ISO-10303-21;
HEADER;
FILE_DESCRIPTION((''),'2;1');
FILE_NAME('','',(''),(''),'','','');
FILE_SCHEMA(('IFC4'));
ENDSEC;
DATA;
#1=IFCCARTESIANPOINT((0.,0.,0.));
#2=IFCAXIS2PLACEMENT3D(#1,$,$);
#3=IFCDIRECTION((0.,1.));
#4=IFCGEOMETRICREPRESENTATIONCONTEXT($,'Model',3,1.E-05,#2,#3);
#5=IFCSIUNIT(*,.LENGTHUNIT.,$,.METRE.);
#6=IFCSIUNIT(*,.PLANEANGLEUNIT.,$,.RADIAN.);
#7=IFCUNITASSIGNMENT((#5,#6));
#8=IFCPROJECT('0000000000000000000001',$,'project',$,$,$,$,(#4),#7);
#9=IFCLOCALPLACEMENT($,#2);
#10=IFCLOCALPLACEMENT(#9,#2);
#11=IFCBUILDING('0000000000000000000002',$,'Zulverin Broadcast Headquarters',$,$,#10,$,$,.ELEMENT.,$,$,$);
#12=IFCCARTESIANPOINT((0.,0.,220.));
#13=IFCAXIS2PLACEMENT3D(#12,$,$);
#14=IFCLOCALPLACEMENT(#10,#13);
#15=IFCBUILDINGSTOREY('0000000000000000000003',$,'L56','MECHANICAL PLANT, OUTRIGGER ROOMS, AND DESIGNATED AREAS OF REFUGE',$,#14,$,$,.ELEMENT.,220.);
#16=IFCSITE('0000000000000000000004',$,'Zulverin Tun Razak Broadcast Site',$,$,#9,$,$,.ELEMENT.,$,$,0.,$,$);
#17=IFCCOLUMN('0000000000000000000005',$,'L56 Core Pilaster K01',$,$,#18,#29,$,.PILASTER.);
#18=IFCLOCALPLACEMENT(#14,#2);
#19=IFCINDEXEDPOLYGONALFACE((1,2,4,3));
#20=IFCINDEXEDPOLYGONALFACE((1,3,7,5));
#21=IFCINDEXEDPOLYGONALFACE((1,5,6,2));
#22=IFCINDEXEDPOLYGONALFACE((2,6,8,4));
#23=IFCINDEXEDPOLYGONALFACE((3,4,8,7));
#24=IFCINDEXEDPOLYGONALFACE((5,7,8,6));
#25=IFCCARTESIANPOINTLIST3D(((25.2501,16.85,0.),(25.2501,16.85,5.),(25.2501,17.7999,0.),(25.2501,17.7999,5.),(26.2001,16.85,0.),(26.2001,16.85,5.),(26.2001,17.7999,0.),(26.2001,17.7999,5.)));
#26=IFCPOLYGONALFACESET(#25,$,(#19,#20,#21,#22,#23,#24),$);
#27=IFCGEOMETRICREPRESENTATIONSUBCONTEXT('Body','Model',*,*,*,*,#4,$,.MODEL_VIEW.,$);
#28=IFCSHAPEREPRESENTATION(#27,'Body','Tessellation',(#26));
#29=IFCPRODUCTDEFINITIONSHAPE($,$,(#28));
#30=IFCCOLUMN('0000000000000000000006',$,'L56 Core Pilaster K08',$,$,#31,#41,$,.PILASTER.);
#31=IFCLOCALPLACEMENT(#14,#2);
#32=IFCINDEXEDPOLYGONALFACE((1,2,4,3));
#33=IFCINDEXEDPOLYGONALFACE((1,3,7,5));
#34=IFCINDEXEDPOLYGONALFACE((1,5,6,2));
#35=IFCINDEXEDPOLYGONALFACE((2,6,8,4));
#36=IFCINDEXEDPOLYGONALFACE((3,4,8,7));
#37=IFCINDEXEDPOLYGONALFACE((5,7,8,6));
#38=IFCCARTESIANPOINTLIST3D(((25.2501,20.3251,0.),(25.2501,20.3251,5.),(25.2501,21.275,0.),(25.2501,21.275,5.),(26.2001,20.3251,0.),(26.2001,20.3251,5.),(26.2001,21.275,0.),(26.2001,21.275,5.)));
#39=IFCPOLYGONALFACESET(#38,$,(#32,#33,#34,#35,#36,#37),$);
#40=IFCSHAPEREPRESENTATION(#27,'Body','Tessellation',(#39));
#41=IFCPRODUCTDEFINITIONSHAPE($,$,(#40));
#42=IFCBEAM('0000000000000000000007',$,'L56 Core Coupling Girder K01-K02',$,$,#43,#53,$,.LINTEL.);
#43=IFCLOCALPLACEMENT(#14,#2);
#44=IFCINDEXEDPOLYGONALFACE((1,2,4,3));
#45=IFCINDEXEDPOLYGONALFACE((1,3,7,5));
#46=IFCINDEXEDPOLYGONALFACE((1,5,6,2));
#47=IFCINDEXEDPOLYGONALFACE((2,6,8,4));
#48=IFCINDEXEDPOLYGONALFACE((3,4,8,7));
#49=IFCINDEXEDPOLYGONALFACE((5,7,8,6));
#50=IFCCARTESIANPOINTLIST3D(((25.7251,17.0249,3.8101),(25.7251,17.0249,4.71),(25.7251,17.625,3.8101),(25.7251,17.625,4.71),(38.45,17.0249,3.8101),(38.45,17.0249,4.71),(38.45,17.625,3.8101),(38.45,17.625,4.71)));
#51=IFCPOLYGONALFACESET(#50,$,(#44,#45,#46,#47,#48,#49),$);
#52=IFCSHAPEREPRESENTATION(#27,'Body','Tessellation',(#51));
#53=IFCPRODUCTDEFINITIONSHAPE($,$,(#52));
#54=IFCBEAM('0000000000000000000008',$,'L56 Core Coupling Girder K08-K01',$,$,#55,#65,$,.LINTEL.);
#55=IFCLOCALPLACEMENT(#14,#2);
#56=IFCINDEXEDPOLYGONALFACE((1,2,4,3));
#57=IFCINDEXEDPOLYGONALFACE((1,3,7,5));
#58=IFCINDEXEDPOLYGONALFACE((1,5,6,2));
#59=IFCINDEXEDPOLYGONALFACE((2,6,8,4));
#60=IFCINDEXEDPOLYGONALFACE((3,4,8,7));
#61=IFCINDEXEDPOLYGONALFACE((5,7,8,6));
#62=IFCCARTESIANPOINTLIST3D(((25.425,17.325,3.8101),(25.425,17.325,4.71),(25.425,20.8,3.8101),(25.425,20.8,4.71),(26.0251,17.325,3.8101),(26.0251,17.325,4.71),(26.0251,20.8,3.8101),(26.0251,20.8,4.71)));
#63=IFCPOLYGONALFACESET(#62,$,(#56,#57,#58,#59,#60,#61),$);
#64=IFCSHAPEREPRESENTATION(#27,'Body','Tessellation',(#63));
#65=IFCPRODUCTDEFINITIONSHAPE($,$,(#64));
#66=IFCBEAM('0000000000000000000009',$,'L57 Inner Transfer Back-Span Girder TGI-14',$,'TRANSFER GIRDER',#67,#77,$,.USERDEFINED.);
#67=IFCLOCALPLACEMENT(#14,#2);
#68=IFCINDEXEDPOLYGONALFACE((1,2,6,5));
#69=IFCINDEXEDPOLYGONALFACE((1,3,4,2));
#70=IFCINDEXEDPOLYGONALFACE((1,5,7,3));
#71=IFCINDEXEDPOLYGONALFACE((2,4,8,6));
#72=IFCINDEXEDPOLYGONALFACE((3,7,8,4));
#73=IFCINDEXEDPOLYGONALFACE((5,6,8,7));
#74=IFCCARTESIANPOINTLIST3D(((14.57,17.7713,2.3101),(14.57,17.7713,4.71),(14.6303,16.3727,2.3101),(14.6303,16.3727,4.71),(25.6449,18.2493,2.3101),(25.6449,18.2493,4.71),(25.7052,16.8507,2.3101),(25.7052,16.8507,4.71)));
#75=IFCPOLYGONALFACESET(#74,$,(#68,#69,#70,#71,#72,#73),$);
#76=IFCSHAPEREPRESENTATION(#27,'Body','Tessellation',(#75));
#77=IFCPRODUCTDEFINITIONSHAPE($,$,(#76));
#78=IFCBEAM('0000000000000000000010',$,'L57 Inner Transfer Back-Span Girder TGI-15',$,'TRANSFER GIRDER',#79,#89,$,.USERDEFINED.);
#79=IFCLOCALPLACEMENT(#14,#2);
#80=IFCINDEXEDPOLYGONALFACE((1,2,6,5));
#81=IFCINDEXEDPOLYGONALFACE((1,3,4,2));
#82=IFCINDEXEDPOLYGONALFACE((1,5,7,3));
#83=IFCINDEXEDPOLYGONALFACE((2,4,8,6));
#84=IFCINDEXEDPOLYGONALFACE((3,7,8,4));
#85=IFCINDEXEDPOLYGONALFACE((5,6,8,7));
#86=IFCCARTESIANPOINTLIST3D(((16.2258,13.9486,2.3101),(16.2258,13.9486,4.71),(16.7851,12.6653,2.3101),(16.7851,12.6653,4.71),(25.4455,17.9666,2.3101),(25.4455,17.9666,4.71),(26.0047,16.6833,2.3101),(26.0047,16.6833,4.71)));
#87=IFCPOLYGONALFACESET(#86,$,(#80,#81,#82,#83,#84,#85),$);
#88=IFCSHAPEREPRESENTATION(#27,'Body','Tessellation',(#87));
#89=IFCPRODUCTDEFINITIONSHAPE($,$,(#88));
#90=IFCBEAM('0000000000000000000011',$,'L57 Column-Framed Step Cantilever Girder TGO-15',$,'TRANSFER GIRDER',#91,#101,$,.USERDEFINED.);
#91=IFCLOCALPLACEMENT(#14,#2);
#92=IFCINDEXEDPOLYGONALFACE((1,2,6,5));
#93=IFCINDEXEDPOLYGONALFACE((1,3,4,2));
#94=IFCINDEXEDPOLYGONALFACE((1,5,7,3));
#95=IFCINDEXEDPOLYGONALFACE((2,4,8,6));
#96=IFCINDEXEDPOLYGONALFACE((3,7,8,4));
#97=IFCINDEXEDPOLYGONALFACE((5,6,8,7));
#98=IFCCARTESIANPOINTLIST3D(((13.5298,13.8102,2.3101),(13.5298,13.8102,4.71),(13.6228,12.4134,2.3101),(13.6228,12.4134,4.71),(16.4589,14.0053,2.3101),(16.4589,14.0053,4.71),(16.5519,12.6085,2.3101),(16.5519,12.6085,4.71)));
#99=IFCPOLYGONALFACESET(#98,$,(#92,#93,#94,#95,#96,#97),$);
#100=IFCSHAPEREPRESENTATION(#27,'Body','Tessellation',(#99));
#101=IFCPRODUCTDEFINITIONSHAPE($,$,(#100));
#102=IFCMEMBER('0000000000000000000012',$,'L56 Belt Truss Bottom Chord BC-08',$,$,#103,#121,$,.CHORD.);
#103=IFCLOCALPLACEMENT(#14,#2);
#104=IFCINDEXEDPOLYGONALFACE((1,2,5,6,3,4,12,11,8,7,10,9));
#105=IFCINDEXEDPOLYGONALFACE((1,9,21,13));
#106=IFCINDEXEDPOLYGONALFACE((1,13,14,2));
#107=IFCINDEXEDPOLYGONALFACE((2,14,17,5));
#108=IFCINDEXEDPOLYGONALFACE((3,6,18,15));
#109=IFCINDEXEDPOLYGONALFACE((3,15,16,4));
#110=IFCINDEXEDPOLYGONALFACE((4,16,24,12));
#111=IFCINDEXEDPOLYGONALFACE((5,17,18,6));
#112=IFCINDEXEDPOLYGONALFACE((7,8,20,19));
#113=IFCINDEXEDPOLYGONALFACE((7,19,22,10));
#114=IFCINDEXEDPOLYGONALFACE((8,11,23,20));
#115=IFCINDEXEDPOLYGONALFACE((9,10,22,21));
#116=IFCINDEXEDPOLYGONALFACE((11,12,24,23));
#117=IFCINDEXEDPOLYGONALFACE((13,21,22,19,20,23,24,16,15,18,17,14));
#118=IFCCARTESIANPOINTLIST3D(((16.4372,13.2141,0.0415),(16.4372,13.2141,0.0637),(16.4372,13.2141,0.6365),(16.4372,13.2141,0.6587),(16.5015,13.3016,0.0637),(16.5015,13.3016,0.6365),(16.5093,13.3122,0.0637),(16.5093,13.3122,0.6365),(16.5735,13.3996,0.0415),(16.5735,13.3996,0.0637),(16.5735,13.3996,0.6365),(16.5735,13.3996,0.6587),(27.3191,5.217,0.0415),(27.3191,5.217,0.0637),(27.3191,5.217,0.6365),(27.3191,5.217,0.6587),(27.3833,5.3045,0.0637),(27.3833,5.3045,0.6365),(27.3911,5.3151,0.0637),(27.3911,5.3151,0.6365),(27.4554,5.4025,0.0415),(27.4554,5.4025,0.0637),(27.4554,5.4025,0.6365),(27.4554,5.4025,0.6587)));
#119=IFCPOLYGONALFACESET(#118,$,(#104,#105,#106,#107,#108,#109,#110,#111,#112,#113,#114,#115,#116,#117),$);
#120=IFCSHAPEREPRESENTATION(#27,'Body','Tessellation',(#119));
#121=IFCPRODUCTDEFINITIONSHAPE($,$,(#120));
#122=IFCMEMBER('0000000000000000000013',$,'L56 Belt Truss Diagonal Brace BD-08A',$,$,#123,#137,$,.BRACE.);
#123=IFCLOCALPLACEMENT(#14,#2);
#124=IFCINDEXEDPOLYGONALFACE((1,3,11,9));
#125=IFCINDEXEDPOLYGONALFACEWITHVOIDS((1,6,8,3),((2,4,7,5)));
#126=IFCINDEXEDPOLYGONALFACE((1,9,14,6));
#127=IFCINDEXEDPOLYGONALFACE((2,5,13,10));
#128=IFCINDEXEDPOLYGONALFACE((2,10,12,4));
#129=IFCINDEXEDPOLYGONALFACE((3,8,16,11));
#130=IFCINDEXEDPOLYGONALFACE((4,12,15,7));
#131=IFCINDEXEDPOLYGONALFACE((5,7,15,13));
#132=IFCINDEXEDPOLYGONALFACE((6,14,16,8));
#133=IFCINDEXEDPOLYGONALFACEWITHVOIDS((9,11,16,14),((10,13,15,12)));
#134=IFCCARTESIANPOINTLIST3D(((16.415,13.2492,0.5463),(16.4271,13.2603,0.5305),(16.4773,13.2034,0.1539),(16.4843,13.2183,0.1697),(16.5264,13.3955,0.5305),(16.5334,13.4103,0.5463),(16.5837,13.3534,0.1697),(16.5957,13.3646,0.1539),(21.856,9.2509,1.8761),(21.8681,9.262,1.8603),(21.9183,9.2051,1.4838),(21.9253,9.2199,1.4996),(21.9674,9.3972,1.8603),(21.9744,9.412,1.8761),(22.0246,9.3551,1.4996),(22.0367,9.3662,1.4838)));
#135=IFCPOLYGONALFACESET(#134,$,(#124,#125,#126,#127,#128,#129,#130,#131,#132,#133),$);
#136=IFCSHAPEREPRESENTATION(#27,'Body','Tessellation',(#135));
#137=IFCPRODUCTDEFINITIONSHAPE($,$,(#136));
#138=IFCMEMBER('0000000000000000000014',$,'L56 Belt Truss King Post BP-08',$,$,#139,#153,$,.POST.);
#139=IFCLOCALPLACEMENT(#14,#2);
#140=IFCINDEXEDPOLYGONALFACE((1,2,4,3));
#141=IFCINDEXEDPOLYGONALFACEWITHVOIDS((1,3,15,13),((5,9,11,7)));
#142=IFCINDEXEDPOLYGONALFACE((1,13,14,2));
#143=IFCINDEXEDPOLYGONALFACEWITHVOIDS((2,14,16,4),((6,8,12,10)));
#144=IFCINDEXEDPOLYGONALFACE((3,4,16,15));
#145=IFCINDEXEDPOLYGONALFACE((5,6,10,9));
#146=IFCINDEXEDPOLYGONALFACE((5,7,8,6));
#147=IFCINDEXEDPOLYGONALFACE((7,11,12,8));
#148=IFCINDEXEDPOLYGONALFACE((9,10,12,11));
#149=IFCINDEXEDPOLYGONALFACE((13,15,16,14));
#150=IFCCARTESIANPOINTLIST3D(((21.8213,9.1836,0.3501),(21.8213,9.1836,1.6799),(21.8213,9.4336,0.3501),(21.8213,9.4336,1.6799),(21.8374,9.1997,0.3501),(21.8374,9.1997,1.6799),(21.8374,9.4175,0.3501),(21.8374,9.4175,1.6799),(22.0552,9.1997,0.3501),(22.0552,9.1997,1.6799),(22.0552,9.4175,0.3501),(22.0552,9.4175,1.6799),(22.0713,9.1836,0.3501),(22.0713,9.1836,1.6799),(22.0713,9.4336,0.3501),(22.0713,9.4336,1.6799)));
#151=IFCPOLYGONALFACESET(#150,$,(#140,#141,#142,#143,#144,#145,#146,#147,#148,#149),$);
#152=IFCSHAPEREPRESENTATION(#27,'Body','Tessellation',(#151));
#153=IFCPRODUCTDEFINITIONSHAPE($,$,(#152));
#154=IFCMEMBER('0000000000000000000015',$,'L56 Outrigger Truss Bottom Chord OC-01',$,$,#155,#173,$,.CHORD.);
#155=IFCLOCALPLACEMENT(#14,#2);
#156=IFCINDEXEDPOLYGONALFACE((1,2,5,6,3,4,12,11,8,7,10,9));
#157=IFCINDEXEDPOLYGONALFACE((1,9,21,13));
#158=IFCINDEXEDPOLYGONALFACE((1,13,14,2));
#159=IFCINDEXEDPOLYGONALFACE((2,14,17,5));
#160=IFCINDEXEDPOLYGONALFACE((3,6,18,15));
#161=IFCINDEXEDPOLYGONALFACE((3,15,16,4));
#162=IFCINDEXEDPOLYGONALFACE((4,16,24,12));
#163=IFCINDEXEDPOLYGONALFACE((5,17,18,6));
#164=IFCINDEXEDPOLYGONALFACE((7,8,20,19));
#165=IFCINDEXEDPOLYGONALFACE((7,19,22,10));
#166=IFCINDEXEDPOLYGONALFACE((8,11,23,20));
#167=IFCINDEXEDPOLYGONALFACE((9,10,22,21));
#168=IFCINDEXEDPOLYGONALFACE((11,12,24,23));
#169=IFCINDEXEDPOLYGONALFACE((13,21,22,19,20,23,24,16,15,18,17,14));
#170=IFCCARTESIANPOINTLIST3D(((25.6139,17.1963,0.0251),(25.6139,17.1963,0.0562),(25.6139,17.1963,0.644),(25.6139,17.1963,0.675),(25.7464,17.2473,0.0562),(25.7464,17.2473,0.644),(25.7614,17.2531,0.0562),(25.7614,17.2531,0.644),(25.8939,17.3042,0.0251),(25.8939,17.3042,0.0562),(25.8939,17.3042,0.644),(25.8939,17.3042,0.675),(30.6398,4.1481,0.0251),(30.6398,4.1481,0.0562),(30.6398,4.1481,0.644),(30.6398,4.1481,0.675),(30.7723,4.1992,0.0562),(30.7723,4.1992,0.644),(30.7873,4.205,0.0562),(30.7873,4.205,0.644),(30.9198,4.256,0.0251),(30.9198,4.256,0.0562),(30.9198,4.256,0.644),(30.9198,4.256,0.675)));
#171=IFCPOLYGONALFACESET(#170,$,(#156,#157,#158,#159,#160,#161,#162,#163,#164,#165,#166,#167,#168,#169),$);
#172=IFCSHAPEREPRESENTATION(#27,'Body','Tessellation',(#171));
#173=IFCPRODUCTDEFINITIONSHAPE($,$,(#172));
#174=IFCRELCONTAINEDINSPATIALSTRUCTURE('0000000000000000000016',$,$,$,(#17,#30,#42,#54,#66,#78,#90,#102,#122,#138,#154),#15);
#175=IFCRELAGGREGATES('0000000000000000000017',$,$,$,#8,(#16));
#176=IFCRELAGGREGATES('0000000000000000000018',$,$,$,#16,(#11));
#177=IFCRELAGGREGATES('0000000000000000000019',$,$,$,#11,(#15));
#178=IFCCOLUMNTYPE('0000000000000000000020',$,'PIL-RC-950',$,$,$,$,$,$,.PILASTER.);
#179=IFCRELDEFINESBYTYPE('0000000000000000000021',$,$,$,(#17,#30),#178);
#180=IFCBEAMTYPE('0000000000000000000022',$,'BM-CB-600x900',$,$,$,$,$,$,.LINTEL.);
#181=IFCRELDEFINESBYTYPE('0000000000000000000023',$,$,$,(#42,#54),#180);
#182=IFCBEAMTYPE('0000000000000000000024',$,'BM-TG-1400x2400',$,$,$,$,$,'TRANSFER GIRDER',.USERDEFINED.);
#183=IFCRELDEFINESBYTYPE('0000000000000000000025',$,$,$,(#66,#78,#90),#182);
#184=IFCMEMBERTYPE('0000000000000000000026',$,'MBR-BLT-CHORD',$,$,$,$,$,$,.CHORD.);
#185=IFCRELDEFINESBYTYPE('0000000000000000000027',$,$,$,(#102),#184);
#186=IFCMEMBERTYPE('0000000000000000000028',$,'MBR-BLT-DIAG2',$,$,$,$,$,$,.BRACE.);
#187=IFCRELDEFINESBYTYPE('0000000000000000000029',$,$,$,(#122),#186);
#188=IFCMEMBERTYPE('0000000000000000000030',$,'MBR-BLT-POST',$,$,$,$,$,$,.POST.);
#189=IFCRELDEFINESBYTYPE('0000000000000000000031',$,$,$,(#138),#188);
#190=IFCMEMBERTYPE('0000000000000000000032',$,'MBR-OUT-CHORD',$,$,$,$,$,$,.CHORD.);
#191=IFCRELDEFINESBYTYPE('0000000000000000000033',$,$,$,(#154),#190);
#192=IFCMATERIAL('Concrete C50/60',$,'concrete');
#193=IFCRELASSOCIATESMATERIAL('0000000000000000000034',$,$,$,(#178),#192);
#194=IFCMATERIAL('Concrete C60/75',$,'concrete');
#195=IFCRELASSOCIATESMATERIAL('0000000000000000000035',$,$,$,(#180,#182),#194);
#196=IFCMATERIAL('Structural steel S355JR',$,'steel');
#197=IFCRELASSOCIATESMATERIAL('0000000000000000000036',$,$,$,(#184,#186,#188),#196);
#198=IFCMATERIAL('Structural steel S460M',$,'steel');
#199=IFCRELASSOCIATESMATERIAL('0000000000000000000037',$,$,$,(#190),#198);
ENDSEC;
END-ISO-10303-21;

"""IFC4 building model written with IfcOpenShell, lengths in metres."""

from ifc_helpers import new_model, si_unit, direction, frame, origin, origin_2d, place, context, subcontext, project, spatial, rectangle, hollow_rectangle, i_section, extrude, material, material_profile, profile_set, type_object, element, save


model = new_model("IFC4")

# Units and contexts
model_context = context("Model", 3, precision=1e-05, world=origin(), true_north=direction((0.0, 1.0)))
body_context = subcontext(model_context, "Body", "Model", "MODEL_VIEW")
ifc_project = project(units=[si_unit("LENGTHUNIT", "METRE"), si_unit("PLANEANGLEUNIT", "RADIAN")], contexts=[model_context])

# Site, building, storey
site_placement = place(None, origin())
site = spatial("IfcSite", under=ifc_project, at=site_placement, Name="Zulverin Tun Razak Broadcast Site", CompositionType="ELEMENT", RefElevation=0.0)
building_placement = place(site_placement, origin())
building = spatial("IfcBuilding", under=site, at=building_placement, Name="Zulverin Broadcast Headquarters", CompositionType="ELEMENT")
storey_placement = place(building_placement, frame((0.0, 0.0, 220.0)))
storey = spatial("IfcBuildingStorey", under=building, at=storey_placement, Name="L56", Description="MECHANICAL PLANT, OUTRIGGER ROOMS, AND DESIGNATED AREAS OF REFUGE", CompositionType="ELEMENT", Elevation=220.0)

# Columns
ifc_material_1 = material(Name="Concrete C50/60", Category="concrete")
ifc_material_profile_1 = material_profile(ifc_material_1, rectangle(XDim=0.95, YDim=0.95, at=origin_2d()), Name="Concrete C50/60", Category="concrete")
ifc_profile_set_1 = profile_set([ifc_material_profile_1], Name="Concrete C50/60")
column_type = type_object("IfcColumnType", Name="PIL-RC-950", PredefinedType="PILASTER", material=ifc_profile_set_1)
for number, where, z_axis, x_axis, name in (
    (1, (25.7251, 17.325, 0.0), (0.0, 0.0, 1.0), (1.0, 0.0, 0.0), "L56 Core Pilaster K01"),
    (2, (25.7251, 20.8, 0.0), (0.0, 0.0, 1.0), (1.0, 0.0, 0.0), "L56 Core Pilaster K08"),
):
    element("IfcColumn", number, at=place(storey_placement, frame(where, z_axis=z_axis, x_axis=x_axis)), inside=storey, type_object=column_type, Name=name, PredefinedType="PILASTER", context=body_context, shape_type="SweptSolid", body=[
        extrude(rectangle(XDim=0.95, YDim=0.95, at=origin_2d()), origin(), (0.0, 0.0, 1.0), 5.0),
    ])

# Beams
ifc_material_2 = material(Name="Concrete C60/75", Category="concrete")
ifc_material_profile_2 = material_profile(ifc_material_2, rectangle(XDim=0.6001, YDim=0.8999, at=origin_2d()), Name="Concrete C60/75", Category="concrete")
ifc_profile_set_2 = profile_set([ifc_material_profile_2], Name="Concrete C60/75")
beam_type_1 = type_object("IfcBeamType", Name="BM-CB-600x900", PredefinedType="LINTEL", material=ifc_profile_set_2)
beam_1_placement = place(storey_placement, frame((25.7251, 17.325, 4.26), z_axis=(1.0, 0.0, 0.0), x_axis=(0.0, 1.0, 0.0)))
element("IfcBeam", 3, at=beam_1_placement, inside=storey, type_object=beam_type_1, Name="L56 Core Coupling Girder K01-K02", PredefinedType="LINTEL", context=body_context, shape_type="SweptSolid", body=[
    extrude(rectangle(XDim=0.6001, YDim=0.8999, at=origin_2d()), origin(), (0.0, 0.0, 1.0), 12.7249),
])
beam_2_placement = place(storey_placement, frame((25.7251, 20.8, 4.26), z_axis=(0.0, -1.0, 0.0), x_axis=(1.0, 0.0, 0.0)))
element("IfcBeam", 4, at=beam_2_placement, inside=storey, type_object=beam_type_1, Name="L56 Core Coupling Girder K08-K01", PredefinedType="LINTEL", context=body_context, shape_type="SweptSolid", body=[
    extrude(rectangle(XDim=0.6001, YDim=0.8999, at=origin_2d()), origin(), (0.0, 0.0, 1.0), 3.4751),
])
ifc_material_profile_3 = material_profile(ifc_material_2, rectangle(XDim=1.3999, YDim=2.3999, at=origin_2d()), Name="Concrete C60/75", Category="concrete")
ifc_profile_set_3 = profile_set([ifc_material_profile_3], Name="Concrete C60/75")
beam_type_2 = type_object("IfcBeamType", Name="BM-TG-1400x2400", ElementType="TRANSFER GIRDER", PredefinedType="USERDEFINED", material=ifc_profile_set_3)
beam_3_placement = place(storey_placement, frame((25.675, 17.55, 3.51), z_axis=(-0.99907, -0.043123, 0.0), x_axis=(0.043123, -0.99907, 0.0)))
element("IfcBeam", 5, at=beam_3_placement, inside=storey, type_object=beam_type_2, Name="L57 Inner Transfer Back-Span Girder TGI-14", ObjectType="TRANSFER GIRDER", PredefinedType="USERDEFINED", context=body_context, shape_type="SweptSolid", body=[
    extrude(rectangle(XDim=1.3999, YDim=2.3999, at=origin_2d()), origin(), (0.0, 0.0, 1.0), 11.0852),
])
beam_4_placement = place(storey_placement, frame((25.7251, 17.325, 3.51), z_axis=(-0.916725, -0.39952, 0.0), x_axis=(0.39952, -0.916725, 0.0)))
element("IfcBeam", 6, at=beam_4_placement, inside=storey, type_object=beam_type_2, Name="L57 Inner Transfer Back-Span Girder TGI-15", ObjectType="TRANSFER GIRDER", PredefinedType="USERDEFINED", context=body_context, shape_type="SweptSolid", body=[
    extrude(rectangle(XDim=1.3999, YDim=2.3999, at=origin_2d()), origin(), (0.0, 0.0, 1.0), 10.0571),
])
beam_5_placement = place(storey_placement, frame((16.5054, 13.3069, 3.51), z_axis=(-0.99779, -0.066453, 0.0), x_axis=(0.066453, -0.99779, 0.0)))
element("IfcBeam", 7, at=beam_5_placement, inside=storey, type_object=beam_type_2, Name="L57 Column-Framed Step Cantilever Girder TGO-15", ObjectType="TRANSFER GIRDER", PredefinedType="USERDEFINED", context=body_context, shape_type="SweptSolid", body=[
    extrude(rectangle(XDim=1.3999, YDim=2.3999, at=origin_2d()), origin(), (0.0, 0.0, 1.0), 2.9355),
])

# Members
ifc_material_3 = material(Name="Structural steel S355JR", Category="steel")
ifc_material_profile_4 = material_profile(ifc_material_3, i_section(OverallWidth=0.2302, OverallDepth=0.6172, WebThickness=0.0132, FlangeThickness=0.0222, at=origin_2d()), Name="Structural steel S355JR", Category="steel")
ifc_profile_set_4 = profile_set([ifc_material_profile_4], Name="Structural steel S355JR")
member_type_1 = type_object("IfcMemberType", Name="MBR-BLT-CHORD", PredefinedType="CHORD", material=ifc_profile_set_4)
member_1_placement = place(storey_placement, frame((16.5054, 13.3069, 0.3501), z_axis=(0.805802, -0.592185, 0.0), x_axis=(0.592185, 0.805802, 0.0)))
element("IfcMember", 8, at=member_1_placement, inside=storey, type_object=member_type_1, Name="L56 Belt Truss Bottom Chord BC-08", PredefinedType="CHORD", context=body_context, shape_type="SweptSolid", body=[
    extrude(i_section(OverallWidth=0.2302, OverallDepth=0.6172, WebThickness=0.0132, FlangeThickness=0.0222, at=origin_2d()), origin(), (0.0, 0.0, 1.0), 13.5044),
])
ifc_material_profile_5 = material_profile(ifc_material_3, hollow_rectangle(XDim=0.2, YDim=0.3999, WallThickness=0.0161, at=origin_2d()), Name="Structural steel S355JR", Category="steel")
ifc_profile_set_5 = profile_set([ifc_material_profile_5], Name="Structural steel S355JR")
member_type_2 = type_object("IfcMemberType", Name="MBR-BLT-DIAG2", PredefinedType="BRACE", material=ifc_profile_set_5)
member_2_placement = place(storey_placement, frame((16.5054, 13.3069, 0.3501), z_axis=(0.790631, -0.581, 0.193241), x_axis=(0.592161, 0.805819, 0.0)))
element("IfcMember", 9, at=member_2_placement, inside=storey, type_object=member_type_2, Name="L56 Belt Truss Diagonal Brace BD-08A", PredefinedType="BRACE", context=body_context, shape_type="SweptSolid", body=[
    extrude(hollow_rectangle(XDim=0.2, YDim=0.3999, WallThickness=0.0161, at=origin_2d()), origin(), (0.0, 0.0, 1.0), 6.8818),
])
ifc_material_profile_6 = material_profile(ifc_material_3, hollow_rectangle(XDim=0.25, YDim=0.25, WallThickness=0.0161, at=origin_2d()), Name="Structural steel S355JR", Category="steel")
ifc_profile_set_6 = profile_set([ifc_material_profile_6], Name="Structural steel S355JR")
member_type_3 = type_object("IfcMemberType", Name="MBR-BLT-POST", PredefinedType="POST", material=ifc_profile_set_6)
member_3_placement = place(storey_placement, frame((21.9463, 9.3086, 0.3501), z_axis=(0.0, 0.0, 1.0), x_axis=(1.0, 0.0, 0.0)))
element("IfcMember", 10, at=member_3_placement, inside=storey, type_object=member_type_3, Name="L56 Belt Truss King Post BP-08", PredefinedType="POST", context=body_context, shape_type="SweptSolid", body=[
    extrude(hollow_rectangle(XDim=0.25, YDim=0.25, WallThickness=0.0161, at=origin_2d()), origin(), (0.0, 0.0, 1.0), 1.3298),
])
ifc_material_4 = material(Name="Structural steel S460M", Category="steel")
ifc_material_profile_7 = material_profile(ifc_material_4, i_section(OverallWidth=0.3, OverallDepth=0.6499, WebThickness=0.0161, FlangeThickness=0.031, at=origin_2d()), Name="Structural steel S460M", Category="steel")
ifc_profile_set_7 = profile_set([ifc_material_profile_7], Name="Structural steel S460M")
member_type_4 = type_object("IfcMemberType", Name="MBR-OUT-CHORD", PredefinedType="CHORD", material=ifc_profile_set_7)
member_4_placement = place(storey_placement, frame((25.7539, 17.2502, 0.3501), z_axis=(0.359439, -0.933169, 0.0), x_axis=(0.933169, 0.359439, 0.0)))
element("IfcMember", 11, at=member_4_placement, inside=storey, type_object=member_type_4, Name="L56 Outrigger Truss Bottom Chord OC-01", PredefinedType="CHORD", context=body_context, shape_type="SweptSolid", body=[
    extrude(i_section(OverallWidth=0.3, OverallDepth=0.6499, WebThickness=0.0161, FlangeThickness=0.031, at=origin_2d()), origin(), (0.0, 0.0, 1.0), 13.9827),
])

save(model, "model.ifc")
